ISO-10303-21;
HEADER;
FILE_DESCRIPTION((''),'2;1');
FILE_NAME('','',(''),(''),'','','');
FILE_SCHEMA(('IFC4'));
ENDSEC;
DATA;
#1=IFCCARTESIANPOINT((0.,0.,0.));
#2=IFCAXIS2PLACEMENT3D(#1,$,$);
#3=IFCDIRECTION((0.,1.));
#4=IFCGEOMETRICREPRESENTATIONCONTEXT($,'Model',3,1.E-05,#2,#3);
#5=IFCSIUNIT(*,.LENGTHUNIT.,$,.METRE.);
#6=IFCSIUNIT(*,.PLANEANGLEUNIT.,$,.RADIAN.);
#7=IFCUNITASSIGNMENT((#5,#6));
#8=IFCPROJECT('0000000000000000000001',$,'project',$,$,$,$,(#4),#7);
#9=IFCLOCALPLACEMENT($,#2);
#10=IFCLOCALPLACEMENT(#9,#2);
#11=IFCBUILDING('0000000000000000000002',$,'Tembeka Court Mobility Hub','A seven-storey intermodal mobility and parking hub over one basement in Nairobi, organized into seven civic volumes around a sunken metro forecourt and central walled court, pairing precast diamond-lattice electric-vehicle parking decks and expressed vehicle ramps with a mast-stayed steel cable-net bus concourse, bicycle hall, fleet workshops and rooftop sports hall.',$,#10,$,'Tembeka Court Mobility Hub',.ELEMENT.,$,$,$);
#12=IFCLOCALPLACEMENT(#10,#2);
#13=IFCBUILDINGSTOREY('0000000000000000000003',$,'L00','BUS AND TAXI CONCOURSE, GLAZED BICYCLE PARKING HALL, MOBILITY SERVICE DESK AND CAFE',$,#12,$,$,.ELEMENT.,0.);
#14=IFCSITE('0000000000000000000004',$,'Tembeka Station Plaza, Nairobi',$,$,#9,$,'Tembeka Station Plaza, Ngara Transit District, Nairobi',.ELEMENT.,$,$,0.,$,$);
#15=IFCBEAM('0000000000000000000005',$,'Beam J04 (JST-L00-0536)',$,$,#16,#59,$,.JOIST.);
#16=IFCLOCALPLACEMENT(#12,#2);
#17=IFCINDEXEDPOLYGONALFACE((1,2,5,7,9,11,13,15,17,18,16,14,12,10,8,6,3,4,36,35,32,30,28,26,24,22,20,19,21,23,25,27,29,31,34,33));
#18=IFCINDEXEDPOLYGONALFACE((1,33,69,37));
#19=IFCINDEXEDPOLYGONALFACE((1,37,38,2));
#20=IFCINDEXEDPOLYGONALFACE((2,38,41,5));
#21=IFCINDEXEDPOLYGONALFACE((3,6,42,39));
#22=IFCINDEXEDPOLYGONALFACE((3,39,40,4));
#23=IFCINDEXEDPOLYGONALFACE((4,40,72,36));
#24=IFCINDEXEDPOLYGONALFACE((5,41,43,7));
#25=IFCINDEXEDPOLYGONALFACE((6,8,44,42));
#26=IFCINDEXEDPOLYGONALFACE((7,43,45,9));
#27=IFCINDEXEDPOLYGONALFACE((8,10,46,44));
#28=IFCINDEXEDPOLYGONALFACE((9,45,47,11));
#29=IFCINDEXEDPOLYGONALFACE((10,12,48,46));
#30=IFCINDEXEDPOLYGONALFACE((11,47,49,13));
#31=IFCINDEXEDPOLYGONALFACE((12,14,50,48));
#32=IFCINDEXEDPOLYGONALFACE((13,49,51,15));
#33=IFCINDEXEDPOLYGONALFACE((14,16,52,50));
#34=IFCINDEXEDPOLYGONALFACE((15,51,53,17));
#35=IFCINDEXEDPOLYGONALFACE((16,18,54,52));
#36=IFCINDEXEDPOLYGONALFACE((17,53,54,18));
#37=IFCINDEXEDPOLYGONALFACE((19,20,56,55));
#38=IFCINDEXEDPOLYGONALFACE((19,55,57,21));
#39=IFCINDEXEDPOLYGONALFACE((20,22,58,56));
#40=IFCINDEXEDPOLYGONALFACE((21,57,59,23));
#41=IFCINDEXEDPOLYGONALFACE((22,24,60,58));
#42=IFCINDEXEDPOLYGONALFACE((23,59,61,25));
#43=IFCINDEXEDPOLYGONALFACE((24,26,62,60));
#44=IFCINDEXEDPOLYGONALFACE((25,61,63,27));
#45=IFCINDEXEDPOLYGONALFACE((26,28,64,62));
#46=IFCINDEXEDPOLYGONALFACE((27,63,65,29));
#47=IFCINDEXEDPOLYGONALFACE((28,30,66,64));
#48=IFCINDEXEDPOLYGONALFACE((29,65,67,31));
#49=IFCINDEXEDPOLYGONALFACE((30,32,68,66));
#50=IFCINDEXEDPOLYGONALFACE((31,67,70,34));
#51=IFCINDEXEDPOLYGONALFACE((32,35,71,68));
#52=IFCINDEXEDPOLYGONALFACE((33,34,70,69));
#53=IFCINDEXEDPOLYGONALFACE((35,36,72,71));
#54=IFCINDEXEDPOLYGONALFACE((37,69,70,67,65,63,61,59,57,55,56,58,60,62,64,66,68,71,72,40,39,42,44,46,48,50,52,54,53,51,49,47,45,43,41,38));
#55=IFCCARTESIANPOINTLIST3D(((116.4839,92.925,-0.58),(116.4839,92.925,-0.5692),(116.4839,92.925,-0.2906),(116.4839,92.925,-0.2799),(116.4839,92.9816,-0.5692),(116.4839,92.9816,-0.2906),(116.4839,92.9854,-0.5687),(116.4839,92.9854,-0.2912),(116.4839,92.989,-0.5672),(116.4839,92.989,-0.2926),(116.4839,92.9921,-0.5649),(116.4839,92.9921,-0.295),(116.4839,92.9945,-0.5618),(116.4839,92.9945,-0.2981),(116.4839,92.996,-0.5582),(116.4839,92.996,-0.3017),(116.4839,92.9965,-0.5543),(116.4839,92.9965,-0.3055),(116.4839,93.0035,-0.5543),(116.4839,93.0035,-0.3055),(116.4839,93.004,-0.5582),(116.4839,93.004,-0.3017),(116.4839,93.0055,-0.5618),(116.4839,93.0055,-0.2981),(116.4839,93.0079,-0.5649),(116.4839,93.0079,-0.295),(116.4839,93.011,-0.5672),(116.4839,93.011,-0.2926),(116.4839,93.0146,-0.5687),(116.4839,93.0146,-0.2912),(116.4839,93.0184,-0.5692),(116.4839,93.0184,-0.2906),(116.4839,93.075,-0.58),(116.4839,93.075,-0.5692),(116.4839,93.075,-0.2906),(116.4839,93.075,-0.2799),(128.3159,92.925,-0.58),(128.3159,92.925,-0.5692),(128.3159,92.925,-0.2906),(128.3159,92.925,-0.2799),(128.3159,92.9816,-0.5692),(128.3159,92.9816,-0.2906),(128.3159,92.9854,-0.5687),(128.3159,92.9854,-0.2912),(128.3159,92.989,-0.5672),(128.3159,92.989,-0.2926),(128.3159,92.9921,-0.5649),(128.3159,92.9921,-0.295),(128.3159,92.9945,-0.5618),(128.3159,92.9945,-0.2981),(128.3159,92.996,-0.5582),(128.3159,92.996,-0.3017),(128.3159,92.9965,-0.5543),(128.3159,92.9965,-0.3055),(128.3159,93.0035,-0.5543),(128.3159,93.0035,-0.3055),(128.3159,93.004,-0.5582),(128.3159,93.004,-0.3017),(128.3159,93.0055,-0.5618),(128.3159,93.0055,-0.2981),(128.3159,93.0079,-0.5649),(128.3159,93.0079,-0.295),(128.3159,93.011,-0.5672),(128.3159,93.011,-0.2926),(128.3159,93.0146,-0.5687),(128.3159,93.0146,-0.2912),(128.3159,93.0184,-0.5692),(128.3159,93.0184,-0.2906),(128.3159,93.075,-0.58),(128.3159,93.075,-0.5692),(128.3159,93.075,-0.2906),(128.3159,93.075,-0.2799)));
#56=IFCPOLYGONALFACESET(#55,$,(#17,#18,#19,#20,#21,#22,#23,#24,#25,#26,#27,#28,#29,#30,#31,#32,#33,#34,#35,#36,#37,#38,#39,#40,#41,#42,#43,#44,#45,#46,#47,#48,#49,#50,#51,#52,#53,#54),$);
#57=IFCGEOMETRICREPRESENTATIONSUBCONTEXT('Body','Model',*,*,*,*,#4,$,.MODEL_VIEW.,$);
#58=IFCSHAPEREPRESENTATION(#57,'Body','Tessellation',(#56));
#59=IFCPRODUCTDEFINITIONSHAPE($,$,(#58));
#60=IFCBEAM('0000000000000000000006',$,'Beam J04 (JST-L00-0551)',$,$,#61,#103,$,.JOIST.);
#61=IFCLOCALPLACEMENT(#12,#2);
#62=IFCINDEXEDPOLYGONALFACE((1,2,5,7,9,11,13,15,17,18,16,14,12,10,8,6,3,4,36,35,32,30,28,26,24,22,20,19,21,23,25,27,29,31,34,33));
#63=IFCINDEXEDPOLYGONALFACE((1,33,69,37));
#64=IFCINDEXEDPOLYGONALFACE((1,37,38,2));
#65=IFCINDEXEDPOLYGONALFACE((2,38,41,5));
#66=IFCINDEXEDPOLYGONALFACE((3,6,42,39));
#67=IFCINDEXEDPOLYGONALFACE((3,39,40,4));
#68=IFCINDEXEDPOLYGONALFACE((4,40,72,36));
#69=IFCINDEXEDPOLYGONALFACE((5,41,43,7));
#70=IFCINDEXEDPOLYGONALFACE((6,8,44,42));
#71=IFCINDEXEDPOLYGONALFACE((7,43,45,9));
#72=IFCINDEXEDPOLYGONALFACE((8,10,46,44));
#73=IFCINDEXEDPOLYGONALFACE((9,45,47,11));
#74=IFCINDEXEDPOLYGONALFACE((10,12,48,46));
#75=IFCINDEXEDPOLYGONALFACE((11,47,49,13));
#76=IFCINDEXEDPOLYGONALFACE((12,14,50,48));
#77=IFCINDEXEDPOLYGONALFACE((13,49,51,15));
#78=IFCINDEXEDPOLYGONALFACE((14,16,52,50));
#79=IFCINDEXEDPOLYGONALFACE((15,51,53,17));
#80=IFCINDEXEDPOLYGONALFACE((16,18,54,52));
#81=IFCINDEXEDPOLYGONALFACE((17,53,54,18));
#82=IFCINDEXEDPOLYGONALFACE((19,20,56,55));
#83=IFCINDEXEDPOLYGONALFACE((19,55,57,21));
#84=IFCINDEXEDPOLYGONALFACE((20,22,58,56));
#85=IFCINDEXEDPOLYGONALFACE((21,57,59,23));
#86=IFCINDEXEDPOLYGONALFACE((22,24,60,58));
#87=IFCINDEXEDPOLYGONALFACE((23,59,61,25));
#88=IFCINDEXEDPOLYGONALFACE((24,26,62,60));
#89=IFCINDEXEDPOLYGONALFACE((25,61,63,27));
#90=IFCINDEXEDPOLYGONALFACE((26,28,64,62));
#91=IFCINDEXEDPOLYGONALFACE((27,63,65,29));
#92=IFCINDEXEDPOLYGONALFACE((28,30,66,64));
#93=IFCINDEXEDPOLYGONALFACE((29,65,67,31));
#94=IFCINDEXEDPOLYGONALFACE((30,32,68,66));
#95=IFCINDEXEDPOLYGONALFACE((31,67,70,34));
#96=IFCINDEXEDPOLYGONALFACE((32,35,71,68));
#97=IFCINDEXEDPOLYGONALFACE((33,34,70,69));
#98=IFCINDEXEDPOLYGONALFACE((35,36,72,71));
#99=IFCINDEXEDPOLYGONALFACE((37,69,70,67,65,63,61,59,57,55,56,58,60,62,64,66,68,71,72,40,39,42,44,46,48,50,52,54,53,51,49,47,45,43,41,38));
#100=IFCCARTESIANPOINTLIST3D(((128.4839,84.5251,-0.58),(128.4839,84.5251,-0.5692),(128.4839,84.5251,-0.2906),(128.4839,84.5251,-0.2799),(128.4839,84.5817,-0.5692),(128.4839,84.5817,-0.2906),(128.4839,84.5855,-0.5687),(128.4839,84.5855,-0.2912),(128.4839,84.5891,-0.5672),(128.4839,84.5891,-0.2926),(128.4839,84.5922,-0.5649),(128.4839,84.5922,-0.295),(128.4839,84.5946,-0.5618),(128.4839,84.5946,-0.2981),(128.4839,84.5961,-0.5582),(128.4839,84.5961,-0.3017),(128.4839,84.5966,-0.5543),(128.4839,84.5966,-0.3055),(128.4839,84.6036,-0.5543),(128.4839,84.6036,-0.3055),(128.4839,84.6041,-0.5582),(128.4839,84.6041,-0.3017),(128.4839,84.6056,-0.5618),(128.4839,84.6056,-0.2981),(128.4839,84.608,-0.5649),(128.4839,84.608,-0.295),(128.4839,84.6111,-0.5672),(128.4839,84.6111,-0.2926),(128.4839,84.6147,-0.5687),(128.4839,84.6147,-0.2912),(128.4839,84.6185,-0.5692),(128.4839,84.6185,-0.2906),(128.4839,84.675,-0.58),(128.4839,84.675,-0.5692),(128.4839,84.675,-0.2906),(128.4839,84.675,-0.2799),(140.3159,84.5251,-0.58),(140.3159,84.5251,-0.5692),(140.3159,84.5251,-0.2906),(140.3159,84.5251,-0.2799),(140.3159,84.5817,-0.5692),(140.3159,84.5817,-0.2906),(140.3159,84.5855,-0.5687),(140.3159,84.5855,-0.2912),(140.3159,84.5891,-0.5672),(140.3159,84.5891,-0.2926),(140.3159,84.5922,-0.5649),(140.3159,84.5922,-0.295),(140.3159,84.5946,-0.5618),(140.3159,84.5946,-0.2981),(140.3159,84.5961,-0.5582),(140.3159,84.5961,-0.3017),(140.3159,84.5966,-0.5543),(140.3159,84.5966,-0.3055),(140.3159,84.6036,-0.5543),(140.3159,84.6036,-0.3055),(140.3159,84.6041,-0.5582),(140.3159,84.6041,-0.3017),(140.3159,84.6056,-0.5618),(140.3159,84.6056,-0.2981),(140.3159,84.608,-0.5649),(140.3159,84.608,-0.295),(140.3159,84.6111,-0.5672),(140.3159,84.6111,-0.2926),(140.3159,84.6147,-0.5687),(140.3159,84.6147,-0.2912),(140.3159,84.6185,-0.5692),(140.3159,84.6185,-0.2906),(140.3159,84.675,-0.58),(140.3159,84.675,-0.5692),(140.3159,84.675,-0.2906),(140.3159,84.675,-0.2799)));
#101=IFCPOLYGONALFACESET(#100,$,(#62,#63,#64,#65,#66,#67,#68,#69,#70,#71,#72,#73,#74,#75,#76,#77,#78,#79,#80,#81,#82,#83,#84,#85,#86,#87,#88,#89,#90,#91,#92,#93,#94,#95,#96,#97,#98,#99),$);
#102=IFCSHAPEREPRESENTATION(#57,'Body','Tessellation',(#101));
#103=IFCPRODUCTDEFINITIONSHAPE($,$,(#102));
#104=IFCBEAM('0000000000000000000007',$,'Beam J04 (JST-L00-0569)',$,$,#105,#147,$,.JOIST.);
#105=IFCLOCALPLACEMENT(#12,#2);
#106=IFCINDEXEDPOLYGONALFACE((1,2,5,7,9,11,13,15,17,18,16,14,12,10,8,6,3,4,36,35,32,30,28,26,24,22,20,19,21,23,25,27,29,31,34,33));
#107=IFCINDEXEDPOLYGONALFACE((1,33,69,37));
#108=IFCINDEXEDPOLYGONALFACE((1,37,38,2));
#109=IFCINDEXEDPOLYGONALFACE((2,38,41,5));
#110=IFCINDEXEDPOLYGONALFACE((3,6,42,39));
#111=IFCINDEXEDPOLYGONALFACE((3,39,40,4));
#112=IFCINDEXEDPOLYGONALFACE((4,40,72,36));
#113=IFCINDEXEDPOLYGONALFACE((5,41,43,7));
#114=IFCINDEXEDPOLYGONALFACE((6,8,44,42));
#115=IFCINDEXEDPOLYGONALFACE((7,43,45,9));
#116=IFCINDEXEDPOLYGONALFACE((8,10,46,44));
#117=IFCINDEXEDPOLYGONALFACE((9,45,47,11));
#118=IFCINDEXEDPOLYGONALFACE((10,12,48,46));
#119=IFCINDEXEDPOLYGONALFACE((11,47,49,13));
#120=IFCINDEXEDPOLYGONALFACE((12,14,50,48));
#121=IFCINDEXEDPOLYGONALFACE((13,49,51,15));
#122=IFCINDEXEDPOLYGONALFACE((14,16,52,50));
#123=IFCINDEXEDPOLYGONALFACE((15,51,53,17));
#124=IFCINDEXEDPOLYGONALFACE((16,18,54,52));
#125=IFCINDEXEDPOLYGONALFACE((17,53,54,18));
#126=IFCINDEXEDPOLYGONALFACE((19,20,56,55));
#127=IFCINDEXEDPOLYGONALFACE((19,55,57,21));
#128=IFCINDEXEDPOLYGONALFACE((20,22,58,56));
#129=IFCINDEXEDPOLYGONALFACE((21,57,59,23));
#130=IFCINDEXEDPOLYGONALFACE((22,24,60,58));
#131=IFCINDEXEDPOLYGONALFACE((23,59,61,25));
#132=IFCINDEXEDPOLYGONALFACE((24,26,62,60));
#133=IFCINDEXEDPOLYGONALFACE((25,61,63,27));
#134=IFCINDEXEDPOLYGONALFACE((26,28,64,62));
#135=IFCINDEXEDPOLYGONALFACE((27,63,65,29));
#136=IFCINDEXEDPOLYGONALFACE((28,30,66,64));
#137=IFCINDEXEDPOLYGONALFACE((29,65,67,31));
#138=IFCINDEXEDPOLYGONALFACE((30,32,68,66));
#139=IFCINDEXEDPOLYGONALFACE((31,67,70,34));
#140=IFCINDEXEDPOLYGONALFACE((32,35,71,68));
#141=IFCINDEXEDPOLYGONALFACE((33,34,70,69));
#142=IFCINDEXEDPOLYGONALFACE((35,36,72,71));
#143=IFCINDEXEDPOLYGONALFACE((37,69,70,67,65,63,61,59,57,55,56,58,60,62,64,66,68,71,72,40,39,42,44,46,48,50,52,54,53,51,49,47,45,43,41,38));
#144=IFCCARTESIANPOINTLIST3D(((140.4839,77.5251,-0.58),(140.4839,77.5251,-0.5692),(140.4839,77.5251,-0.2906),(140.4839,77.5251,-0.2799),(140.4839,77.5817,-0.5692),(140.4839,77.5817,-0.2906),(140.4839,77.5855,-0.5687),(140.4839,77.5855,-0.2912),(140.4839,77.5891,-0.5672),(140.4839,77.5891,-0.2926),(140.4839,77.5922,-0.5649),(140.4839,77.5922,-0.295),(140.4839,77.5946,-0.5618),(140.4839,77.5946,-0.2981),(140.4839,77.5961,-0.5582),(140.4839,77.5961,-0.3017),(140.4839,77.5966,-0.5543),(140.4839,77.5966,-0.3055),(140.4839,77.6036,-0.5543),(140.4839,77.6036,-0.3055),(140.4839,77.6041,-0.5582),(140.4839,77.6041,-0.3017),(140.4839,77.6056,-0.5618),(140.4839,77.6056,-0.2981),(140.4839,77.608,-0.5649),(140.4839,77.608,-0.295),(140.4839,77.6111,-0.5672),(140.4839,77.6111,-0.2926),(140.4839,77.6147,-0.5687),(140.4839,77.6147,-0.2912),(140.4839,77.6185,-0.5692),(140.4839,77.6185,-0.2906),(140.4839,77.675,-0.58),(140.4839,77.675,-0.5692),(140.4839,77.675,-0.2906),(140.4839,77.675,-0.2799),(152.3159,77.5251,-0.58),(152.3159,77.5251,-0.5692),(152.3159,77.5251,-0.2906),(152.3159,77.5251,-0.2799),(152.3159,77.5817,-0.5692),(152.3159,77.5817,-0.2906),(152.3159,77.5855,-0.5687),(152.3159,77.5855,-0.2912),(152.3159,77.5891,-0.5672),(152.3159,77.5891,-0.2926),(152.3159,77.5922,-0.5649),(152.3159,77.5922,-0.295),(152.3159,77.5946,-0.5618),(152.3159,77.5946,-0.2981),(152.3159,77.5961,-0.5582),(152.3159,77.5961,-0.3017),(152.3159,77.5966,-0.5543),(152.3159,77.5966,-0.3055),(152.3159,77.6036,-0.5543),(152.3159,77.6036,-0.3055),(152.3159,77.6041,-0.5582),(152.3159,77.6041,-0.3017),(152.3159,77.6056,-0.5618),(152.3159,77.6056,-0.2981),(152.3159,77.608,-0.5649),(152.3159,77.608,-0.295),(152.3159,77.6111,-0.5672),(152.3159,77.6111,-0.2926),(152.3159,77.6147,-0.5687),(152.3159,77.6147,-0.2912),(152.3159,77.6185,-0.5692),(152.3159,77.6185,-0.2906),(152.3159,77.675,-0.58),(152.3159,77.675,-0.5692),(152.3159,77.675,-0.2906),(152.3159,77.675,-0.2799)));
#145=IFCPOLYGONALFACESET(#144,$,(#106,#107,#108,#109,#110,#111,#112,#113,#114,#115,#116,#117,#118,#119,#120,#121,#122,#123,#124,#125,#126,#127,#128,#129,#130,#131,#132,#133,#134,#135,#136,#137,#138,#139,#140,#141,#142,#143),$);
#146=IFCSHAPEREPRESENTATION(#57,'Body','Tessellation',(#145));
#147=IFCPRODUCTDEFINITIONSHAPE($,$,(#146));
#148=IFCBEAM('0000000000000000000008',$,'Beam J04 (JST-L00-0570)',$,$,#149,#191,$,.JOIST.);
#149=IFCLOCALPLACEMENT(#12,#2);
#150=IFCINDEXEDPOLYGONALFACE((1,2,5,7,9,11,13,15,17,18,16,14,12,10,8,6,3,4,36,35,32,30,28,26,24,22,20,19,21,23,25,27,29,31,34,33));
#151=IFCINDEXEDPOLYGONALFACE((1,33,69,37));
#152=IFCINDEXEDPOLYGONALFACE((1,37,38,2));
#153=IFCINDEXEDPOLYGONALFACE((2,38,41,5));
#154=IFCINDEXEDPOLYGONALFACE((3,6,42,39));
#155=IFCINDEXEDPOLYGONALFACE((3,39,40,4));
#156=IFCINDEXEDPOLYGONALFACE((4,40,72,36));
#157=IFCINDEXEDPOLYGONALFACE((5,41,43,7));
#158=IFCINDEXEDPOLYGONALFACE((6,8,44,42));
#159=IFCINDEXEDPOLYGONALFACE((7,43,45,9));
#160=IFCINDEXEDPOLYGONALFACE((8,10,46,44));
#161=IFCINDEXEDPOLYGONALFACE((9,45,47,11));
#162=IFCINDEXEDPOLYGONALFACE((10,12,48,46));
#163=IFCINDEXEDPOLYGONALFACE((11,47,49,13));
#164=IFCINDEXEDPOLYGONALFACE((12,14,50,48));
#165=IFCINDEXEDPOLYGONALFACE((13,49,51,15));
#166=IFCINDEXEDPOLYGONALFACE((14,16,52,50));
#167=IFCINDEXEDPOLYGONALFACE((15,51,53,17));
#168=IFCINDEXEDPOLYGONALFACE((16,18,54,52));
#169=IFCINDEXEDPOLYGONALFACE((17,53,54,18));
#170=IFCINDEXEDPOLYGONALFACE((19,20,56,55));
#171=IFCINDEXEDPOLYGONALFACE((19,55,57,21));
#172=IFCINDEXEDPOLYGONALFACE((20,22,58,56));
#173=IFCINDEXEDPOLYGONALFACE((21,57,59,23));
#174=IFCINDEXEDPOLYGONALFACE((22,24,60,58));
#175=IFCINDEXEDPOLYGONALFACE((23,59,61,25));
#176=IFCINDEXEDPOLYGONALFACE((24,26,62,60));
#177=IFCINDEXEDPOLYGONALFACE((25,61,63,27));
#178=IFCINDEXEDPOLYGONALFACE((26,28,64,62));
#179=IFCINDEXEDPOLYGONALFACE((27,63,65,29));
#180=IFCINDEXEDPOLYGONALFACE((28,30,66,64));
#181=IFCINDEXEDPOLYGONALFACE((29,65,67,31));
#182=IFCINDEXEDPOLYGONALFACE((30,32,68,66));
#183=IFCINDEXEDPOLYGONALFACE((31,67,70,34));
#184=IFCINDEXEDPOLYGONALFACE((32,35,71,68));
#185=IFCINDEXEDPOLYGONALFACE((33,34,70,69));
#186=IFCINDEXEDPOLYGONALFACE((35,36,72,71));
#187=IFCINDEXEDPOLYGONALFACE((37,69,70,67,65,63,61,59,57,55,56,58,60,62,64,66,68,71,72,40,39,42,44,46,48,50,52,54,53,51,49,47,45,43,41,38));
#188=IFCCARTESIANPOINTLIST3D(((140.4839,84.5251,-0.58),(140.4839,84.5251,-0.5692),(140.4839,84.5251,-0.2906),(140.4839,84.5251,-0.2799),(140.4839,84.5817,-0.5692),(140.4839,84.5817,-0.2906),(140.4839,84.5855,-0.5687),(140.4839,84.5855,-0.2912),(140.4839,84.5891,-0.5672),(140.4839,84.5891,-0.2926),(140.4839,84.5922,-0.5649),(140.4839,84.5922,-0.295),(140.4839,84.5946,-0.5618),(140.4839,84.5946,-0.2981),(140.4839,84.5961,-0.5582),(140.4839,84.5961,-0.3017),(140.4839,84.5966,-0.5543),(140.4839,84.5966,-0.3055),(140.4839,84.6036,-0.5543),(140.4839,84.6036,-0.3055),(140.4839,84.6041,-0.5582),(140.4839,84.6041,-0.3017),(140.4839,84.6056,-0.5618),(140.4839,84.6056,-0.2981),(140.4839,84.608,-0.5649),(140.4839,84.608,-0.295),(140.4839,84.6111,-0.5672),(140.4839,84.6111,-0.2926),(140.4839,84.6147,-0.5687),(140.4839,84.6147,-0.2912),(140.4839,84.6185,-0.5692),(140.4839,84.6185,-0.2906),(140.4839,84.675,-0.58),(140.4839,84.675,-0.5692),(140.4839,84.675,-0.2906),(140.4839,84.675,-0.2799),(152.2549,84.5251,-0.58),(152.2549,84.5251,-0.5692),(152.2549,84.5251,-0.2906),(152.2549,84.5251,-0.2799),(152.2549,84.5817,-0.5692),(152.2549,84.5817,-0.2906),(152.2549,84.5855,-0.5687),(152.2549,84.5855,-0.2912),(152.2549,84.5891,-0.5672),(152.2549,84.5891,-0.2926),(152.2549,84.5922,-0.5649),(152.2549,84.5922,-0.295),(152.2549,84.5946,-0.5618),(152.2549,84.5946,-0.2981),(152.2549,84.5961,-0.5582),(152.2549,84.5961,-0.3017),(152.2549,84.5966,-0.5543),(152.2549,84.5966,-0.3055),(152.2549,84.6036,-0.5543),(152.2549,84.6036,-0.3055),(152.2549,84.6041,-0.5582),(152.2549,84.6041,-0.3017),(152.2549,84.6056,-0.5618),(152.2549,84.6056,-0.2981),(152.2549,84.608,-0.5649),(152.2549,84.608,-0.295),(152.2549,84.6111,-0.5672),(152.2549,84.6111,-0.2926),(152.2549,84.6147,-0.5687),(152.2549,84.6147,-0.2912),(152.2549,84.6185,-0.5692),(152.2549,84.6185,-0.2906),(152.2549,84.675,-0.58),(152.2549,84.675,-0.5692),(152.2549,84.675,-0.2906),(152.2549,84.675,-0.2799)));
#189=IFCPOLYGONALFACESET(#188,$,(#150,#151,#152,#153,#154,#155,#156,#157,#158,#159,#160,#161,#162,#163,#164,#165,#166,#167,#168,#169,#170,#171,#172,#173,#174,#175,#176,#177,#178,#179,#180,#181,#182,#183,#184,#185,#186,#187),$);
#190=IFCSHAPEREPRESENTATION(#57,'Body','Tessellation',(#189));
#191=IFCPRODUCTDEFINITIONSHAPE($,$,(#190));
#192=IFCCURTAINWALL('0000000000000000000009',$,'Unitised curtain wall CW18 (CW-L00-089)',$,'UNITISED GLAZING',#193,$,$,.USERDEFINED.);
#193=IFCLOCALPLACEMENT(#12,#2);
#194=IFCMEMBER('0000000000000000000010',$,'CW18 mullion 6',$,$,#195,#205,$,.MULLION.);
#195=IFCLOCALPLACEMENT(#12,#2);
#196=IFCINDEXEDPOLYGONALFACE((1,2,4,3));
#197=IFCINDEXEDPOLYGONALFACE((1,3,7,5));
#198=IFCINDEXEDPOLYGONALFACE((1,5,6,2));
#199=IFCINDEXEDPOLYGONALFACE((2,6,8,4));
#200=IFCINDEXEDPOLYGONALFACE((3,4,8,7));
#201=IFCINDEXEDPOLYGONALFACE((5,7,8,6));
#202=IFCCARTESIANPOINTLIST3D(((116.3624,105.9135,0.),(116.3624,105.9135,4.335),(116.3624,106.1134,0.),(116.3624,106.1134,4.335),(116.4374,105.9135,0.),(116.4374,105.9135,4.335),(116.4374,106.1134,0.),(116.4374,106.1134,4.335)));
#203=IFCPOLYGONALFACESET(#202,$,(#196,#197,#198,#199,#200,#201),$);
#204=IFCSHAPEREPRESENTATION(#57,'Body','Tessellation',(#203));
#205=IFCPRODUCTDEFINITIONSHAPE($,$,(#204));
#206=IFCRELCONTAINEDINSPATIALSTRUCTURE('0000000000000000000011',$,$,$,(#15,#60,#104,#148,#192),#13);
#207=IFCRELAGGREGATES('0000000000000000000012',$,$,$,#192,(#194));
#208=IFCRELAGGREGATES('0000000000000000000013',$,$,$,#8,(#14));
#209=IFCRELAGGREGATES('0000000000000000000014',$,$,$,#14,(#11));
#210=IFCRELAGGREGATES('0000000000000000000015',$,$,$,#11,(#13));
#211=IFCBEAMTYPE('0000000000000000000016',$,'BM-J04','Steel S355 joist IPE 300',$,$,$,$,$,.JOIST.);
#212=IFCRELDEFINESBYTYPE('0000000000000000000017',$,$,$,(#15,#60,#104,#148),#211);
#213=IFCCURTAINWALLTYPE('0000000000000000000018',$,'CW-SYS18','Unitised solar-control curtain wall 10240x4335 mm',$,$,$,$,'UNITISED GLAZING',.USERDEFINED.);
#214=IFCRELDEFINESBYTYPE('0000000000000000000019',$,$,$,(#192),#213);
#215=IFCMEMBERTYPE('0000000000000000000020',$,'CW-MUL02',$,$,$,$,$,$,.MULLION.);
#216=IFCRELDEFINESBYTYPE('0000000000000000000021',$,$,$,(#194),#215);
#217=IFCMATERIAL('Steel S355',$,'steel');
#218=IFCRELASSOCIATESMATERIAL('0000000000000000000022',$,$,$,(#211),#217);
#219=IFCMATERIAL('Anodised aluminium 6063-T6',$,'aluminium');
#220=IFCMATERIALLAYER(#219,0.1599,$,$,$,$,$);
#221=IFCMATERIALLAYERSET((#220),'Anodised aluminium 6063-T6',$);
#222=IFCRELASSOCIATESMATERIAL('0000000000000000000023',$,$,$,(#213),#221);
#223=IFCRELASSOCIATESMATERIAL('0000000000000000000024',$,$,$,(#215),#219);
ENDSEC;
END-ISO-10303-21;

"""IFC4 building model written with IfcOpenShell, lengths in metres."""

from ifc_helpers import new_model, si_unit, direction, frame, origin, origin_2d, place, context, subcontext, project, spatial, rectangle, i_section, extrude, material, layer, layer_set, material_profile, profile_set, type_object, element, aggregate, save


model = new_model("IFC4")

# Units and contexts
model_context = context("Model", 3, precision=1e-05, world=origin(), true_north=direction((0.0, 1.0)))
body_context = subcontext(model_context, "Body", "Model", "MODEL_VIEW")
ifc_project = project(units=[si_unit("LENGTHUNIT", "METRE"), si_unit("PLANEANGLEUNIT", "RADIAN")], contexts=[model_context])

# Site, building, storey
site_placement = place(None, origin())
site = spatial("IfcSite", under=ifc_project, at=site_placement, Name="Tembeka Station Plaza, Nairobi", LongName="Tembeka Station Plaza, Ngara Transit District, Nairobi", CompositionType="ELEMENT", RefElevation=0.0)
building_placement = place(site_placement, origin())
building = spatial("IfcBuilding", under=site, at=building_placement, Name="Tembeka Court Mobility Hub", Description="A seven-storey intermodal mobility and parking hub over one basement in Nairobi, organized into seven civic volumes around a sunken metro forecourt and central walled court, pairing precast diamond-lattice electric-vehicle parking decks and expressed vehicle ramps with a mast-stayed steel cable-net bus concourse, bicycle hall, fleet workshops and rooftop sports hall.", LongName="Tembeka Court Mobility Hub", CompositionType="ELEMENT")
storey_placement = place(building_placement, origin())
storey = spatial("IfcBuildingStorey", under=building, at=storey_placement, Name="L00", Description="BUS AND TAXI CONCOURSE, GLAZED BICYCLE PARKING HALL, MOBILITY SERVICE DESK AND CAFE", CompositionType="ELEMENT", Elevation=0.0)

# Shared definitions
ifc_material_1 = material(Name="Steel S355", Category="steel")

# Beams
ifc_material_profile_1 = material_profile(ifc_material_1, i_section(OverallWidth=0.1499, OverallDepth=0.3, WebThickness=0.0071, FlangeThickness=0.0107, FilletRadius=0.0149, at=origin_2d()), Name="IPE 300")
ifc_profile_set_1 = profile_set([ifc_material_profile_1], Name="Steel S355")
beam_type_1 = type_object("IfcBeamType", Name="BM-J04", Description="Steel S355 joist IPE 300", PredefinedType="JOIST", material=ifc_profile_set_1)
for number, where, z_axis, x_axis, name in (
    (1, (116.4839, 93.0, -0.4299), (1.0, 0.0, 0.0), (0.0, 1.0, 0.0), "Beam J04 (JST-L00-0536)"),
    (2, (128.4839, 84.6001, -0.4299), (1.0, 0.0, 0.0), (0.0, 1.0, 0.0), "Beam J04 (JST-L00-0551)"),
    (3, (140.4839, 77.6001, -0.4299), (1.0, 0.0, 0.0), (0.0, 1.0, 0.0), "Beam J04 (JST-L00-0569)"),
):
    element("IfcBeam", number, at=place(storey_placement, frame(where, z_axis=z_axis, x_axis=x_axis)), inside=storey, type_object=beam_type_1, Name=name, PredefinedType="JOIST", context=body_context, shape_type="SweptSolid", body=[
        extrude(i_section(OverallWidth=0.1499, OverallDepth=0.3, WebThickness=0.0071, FlangeThickness=0.0107, FilletRadius=0.0149, at=origin_2d()), origin(), (0.0, 0.0, 1.0), 11.832),
    ])
beam_1_placement = place(storey_placement, frame((140.4839, 84.6001, -0.4299), z_axis=(1.0, 0.0, 0.0), x_axis=(0.0, 1.0, 0.0)))
element("IfcBeam", 4, at=beam_1_placement, inside=storey, type_object=beam_type_1, Name="Beam J04 (JST-L00-0570)", PredefinedType="JOIST", context=body_context, shape_type="SweptSolid", body=[
    extrude(i_section(OverallWidth=0.1499, OverallDepth=0.3, WebThickness=0.0071, FlangeThickness=0.0107, FilletRadius=0.0149, at=origin_2d()), origin(), (0.0, 0.0, 1.0), 11.771),
])

# Curtain wall, member
ifc_material_2 = material(Name="Anodised aluminium 6063-T6", Category="aluminium")
ifc_layer_1 = layer(ifc_material_2, 0.1599)
ifc_layer_set_1 = layer_set([ifc_layer_1], Name="Anodised aluminium 6063-T6")
curtain_wall_type = type_object("IfcCurtainWallType", Name="CW-SYS18", Description="Unitised solar-control curtain wall 10240x4335 mm", ElementType="UNITISED GLAZING", PredefinedType="USERDEFINED", material=ifc_layer_set_1)
curtain_wall_placement = place(storey_placement, origin())
curtain_wall = element("IfcCurtainWall", 5, at=curtain_wall_placement, inside=storey, type_object=curtain_wall_type, Name="Unitised curtain wall CW18 (CW-L00-089)", ObjectType="UNITISED GLAZING", PredefinedType="USERDEFINED")
ifc_material_profile_2 = material_profile(ifc_material_2, rectangle(XDim=0.075, YDim=0.2, at=origin_2d()), Name="ALU-MUL 75x200")
ifc_profile_set_2 = profile_set([ifc_material_profile_2], Name="Anodised aluminium 6063-T6")
member_type_1 = type_object("IfcMemberType", Name="CW-MUL02", PredefinedType="MULLION", material=ifc_profile_set_2)
member_1_placement = place(storey_placement, frame((116.3999, 106.0134, 0.0), z_axis=(0.0, 0.0, 1.0), x_axis=(-1.0, 0.0, 0.0)))
member_1 = element("IfcMember", 6, at=member_1_placement, type_object=member_type_1, Name="CW18 mullion 6", PredefinedType="MULLION", context=body_context, shape_type="SweptSolid", body=[
    extrude(rectangle(XDim=0.075, YDim=0.2, at=origin_2d()), origin(), (0.0, 0.0, 1.0), 4.335),
])
aggregate(curtain_wall, [member_1])

save(model, "model.ifc")
